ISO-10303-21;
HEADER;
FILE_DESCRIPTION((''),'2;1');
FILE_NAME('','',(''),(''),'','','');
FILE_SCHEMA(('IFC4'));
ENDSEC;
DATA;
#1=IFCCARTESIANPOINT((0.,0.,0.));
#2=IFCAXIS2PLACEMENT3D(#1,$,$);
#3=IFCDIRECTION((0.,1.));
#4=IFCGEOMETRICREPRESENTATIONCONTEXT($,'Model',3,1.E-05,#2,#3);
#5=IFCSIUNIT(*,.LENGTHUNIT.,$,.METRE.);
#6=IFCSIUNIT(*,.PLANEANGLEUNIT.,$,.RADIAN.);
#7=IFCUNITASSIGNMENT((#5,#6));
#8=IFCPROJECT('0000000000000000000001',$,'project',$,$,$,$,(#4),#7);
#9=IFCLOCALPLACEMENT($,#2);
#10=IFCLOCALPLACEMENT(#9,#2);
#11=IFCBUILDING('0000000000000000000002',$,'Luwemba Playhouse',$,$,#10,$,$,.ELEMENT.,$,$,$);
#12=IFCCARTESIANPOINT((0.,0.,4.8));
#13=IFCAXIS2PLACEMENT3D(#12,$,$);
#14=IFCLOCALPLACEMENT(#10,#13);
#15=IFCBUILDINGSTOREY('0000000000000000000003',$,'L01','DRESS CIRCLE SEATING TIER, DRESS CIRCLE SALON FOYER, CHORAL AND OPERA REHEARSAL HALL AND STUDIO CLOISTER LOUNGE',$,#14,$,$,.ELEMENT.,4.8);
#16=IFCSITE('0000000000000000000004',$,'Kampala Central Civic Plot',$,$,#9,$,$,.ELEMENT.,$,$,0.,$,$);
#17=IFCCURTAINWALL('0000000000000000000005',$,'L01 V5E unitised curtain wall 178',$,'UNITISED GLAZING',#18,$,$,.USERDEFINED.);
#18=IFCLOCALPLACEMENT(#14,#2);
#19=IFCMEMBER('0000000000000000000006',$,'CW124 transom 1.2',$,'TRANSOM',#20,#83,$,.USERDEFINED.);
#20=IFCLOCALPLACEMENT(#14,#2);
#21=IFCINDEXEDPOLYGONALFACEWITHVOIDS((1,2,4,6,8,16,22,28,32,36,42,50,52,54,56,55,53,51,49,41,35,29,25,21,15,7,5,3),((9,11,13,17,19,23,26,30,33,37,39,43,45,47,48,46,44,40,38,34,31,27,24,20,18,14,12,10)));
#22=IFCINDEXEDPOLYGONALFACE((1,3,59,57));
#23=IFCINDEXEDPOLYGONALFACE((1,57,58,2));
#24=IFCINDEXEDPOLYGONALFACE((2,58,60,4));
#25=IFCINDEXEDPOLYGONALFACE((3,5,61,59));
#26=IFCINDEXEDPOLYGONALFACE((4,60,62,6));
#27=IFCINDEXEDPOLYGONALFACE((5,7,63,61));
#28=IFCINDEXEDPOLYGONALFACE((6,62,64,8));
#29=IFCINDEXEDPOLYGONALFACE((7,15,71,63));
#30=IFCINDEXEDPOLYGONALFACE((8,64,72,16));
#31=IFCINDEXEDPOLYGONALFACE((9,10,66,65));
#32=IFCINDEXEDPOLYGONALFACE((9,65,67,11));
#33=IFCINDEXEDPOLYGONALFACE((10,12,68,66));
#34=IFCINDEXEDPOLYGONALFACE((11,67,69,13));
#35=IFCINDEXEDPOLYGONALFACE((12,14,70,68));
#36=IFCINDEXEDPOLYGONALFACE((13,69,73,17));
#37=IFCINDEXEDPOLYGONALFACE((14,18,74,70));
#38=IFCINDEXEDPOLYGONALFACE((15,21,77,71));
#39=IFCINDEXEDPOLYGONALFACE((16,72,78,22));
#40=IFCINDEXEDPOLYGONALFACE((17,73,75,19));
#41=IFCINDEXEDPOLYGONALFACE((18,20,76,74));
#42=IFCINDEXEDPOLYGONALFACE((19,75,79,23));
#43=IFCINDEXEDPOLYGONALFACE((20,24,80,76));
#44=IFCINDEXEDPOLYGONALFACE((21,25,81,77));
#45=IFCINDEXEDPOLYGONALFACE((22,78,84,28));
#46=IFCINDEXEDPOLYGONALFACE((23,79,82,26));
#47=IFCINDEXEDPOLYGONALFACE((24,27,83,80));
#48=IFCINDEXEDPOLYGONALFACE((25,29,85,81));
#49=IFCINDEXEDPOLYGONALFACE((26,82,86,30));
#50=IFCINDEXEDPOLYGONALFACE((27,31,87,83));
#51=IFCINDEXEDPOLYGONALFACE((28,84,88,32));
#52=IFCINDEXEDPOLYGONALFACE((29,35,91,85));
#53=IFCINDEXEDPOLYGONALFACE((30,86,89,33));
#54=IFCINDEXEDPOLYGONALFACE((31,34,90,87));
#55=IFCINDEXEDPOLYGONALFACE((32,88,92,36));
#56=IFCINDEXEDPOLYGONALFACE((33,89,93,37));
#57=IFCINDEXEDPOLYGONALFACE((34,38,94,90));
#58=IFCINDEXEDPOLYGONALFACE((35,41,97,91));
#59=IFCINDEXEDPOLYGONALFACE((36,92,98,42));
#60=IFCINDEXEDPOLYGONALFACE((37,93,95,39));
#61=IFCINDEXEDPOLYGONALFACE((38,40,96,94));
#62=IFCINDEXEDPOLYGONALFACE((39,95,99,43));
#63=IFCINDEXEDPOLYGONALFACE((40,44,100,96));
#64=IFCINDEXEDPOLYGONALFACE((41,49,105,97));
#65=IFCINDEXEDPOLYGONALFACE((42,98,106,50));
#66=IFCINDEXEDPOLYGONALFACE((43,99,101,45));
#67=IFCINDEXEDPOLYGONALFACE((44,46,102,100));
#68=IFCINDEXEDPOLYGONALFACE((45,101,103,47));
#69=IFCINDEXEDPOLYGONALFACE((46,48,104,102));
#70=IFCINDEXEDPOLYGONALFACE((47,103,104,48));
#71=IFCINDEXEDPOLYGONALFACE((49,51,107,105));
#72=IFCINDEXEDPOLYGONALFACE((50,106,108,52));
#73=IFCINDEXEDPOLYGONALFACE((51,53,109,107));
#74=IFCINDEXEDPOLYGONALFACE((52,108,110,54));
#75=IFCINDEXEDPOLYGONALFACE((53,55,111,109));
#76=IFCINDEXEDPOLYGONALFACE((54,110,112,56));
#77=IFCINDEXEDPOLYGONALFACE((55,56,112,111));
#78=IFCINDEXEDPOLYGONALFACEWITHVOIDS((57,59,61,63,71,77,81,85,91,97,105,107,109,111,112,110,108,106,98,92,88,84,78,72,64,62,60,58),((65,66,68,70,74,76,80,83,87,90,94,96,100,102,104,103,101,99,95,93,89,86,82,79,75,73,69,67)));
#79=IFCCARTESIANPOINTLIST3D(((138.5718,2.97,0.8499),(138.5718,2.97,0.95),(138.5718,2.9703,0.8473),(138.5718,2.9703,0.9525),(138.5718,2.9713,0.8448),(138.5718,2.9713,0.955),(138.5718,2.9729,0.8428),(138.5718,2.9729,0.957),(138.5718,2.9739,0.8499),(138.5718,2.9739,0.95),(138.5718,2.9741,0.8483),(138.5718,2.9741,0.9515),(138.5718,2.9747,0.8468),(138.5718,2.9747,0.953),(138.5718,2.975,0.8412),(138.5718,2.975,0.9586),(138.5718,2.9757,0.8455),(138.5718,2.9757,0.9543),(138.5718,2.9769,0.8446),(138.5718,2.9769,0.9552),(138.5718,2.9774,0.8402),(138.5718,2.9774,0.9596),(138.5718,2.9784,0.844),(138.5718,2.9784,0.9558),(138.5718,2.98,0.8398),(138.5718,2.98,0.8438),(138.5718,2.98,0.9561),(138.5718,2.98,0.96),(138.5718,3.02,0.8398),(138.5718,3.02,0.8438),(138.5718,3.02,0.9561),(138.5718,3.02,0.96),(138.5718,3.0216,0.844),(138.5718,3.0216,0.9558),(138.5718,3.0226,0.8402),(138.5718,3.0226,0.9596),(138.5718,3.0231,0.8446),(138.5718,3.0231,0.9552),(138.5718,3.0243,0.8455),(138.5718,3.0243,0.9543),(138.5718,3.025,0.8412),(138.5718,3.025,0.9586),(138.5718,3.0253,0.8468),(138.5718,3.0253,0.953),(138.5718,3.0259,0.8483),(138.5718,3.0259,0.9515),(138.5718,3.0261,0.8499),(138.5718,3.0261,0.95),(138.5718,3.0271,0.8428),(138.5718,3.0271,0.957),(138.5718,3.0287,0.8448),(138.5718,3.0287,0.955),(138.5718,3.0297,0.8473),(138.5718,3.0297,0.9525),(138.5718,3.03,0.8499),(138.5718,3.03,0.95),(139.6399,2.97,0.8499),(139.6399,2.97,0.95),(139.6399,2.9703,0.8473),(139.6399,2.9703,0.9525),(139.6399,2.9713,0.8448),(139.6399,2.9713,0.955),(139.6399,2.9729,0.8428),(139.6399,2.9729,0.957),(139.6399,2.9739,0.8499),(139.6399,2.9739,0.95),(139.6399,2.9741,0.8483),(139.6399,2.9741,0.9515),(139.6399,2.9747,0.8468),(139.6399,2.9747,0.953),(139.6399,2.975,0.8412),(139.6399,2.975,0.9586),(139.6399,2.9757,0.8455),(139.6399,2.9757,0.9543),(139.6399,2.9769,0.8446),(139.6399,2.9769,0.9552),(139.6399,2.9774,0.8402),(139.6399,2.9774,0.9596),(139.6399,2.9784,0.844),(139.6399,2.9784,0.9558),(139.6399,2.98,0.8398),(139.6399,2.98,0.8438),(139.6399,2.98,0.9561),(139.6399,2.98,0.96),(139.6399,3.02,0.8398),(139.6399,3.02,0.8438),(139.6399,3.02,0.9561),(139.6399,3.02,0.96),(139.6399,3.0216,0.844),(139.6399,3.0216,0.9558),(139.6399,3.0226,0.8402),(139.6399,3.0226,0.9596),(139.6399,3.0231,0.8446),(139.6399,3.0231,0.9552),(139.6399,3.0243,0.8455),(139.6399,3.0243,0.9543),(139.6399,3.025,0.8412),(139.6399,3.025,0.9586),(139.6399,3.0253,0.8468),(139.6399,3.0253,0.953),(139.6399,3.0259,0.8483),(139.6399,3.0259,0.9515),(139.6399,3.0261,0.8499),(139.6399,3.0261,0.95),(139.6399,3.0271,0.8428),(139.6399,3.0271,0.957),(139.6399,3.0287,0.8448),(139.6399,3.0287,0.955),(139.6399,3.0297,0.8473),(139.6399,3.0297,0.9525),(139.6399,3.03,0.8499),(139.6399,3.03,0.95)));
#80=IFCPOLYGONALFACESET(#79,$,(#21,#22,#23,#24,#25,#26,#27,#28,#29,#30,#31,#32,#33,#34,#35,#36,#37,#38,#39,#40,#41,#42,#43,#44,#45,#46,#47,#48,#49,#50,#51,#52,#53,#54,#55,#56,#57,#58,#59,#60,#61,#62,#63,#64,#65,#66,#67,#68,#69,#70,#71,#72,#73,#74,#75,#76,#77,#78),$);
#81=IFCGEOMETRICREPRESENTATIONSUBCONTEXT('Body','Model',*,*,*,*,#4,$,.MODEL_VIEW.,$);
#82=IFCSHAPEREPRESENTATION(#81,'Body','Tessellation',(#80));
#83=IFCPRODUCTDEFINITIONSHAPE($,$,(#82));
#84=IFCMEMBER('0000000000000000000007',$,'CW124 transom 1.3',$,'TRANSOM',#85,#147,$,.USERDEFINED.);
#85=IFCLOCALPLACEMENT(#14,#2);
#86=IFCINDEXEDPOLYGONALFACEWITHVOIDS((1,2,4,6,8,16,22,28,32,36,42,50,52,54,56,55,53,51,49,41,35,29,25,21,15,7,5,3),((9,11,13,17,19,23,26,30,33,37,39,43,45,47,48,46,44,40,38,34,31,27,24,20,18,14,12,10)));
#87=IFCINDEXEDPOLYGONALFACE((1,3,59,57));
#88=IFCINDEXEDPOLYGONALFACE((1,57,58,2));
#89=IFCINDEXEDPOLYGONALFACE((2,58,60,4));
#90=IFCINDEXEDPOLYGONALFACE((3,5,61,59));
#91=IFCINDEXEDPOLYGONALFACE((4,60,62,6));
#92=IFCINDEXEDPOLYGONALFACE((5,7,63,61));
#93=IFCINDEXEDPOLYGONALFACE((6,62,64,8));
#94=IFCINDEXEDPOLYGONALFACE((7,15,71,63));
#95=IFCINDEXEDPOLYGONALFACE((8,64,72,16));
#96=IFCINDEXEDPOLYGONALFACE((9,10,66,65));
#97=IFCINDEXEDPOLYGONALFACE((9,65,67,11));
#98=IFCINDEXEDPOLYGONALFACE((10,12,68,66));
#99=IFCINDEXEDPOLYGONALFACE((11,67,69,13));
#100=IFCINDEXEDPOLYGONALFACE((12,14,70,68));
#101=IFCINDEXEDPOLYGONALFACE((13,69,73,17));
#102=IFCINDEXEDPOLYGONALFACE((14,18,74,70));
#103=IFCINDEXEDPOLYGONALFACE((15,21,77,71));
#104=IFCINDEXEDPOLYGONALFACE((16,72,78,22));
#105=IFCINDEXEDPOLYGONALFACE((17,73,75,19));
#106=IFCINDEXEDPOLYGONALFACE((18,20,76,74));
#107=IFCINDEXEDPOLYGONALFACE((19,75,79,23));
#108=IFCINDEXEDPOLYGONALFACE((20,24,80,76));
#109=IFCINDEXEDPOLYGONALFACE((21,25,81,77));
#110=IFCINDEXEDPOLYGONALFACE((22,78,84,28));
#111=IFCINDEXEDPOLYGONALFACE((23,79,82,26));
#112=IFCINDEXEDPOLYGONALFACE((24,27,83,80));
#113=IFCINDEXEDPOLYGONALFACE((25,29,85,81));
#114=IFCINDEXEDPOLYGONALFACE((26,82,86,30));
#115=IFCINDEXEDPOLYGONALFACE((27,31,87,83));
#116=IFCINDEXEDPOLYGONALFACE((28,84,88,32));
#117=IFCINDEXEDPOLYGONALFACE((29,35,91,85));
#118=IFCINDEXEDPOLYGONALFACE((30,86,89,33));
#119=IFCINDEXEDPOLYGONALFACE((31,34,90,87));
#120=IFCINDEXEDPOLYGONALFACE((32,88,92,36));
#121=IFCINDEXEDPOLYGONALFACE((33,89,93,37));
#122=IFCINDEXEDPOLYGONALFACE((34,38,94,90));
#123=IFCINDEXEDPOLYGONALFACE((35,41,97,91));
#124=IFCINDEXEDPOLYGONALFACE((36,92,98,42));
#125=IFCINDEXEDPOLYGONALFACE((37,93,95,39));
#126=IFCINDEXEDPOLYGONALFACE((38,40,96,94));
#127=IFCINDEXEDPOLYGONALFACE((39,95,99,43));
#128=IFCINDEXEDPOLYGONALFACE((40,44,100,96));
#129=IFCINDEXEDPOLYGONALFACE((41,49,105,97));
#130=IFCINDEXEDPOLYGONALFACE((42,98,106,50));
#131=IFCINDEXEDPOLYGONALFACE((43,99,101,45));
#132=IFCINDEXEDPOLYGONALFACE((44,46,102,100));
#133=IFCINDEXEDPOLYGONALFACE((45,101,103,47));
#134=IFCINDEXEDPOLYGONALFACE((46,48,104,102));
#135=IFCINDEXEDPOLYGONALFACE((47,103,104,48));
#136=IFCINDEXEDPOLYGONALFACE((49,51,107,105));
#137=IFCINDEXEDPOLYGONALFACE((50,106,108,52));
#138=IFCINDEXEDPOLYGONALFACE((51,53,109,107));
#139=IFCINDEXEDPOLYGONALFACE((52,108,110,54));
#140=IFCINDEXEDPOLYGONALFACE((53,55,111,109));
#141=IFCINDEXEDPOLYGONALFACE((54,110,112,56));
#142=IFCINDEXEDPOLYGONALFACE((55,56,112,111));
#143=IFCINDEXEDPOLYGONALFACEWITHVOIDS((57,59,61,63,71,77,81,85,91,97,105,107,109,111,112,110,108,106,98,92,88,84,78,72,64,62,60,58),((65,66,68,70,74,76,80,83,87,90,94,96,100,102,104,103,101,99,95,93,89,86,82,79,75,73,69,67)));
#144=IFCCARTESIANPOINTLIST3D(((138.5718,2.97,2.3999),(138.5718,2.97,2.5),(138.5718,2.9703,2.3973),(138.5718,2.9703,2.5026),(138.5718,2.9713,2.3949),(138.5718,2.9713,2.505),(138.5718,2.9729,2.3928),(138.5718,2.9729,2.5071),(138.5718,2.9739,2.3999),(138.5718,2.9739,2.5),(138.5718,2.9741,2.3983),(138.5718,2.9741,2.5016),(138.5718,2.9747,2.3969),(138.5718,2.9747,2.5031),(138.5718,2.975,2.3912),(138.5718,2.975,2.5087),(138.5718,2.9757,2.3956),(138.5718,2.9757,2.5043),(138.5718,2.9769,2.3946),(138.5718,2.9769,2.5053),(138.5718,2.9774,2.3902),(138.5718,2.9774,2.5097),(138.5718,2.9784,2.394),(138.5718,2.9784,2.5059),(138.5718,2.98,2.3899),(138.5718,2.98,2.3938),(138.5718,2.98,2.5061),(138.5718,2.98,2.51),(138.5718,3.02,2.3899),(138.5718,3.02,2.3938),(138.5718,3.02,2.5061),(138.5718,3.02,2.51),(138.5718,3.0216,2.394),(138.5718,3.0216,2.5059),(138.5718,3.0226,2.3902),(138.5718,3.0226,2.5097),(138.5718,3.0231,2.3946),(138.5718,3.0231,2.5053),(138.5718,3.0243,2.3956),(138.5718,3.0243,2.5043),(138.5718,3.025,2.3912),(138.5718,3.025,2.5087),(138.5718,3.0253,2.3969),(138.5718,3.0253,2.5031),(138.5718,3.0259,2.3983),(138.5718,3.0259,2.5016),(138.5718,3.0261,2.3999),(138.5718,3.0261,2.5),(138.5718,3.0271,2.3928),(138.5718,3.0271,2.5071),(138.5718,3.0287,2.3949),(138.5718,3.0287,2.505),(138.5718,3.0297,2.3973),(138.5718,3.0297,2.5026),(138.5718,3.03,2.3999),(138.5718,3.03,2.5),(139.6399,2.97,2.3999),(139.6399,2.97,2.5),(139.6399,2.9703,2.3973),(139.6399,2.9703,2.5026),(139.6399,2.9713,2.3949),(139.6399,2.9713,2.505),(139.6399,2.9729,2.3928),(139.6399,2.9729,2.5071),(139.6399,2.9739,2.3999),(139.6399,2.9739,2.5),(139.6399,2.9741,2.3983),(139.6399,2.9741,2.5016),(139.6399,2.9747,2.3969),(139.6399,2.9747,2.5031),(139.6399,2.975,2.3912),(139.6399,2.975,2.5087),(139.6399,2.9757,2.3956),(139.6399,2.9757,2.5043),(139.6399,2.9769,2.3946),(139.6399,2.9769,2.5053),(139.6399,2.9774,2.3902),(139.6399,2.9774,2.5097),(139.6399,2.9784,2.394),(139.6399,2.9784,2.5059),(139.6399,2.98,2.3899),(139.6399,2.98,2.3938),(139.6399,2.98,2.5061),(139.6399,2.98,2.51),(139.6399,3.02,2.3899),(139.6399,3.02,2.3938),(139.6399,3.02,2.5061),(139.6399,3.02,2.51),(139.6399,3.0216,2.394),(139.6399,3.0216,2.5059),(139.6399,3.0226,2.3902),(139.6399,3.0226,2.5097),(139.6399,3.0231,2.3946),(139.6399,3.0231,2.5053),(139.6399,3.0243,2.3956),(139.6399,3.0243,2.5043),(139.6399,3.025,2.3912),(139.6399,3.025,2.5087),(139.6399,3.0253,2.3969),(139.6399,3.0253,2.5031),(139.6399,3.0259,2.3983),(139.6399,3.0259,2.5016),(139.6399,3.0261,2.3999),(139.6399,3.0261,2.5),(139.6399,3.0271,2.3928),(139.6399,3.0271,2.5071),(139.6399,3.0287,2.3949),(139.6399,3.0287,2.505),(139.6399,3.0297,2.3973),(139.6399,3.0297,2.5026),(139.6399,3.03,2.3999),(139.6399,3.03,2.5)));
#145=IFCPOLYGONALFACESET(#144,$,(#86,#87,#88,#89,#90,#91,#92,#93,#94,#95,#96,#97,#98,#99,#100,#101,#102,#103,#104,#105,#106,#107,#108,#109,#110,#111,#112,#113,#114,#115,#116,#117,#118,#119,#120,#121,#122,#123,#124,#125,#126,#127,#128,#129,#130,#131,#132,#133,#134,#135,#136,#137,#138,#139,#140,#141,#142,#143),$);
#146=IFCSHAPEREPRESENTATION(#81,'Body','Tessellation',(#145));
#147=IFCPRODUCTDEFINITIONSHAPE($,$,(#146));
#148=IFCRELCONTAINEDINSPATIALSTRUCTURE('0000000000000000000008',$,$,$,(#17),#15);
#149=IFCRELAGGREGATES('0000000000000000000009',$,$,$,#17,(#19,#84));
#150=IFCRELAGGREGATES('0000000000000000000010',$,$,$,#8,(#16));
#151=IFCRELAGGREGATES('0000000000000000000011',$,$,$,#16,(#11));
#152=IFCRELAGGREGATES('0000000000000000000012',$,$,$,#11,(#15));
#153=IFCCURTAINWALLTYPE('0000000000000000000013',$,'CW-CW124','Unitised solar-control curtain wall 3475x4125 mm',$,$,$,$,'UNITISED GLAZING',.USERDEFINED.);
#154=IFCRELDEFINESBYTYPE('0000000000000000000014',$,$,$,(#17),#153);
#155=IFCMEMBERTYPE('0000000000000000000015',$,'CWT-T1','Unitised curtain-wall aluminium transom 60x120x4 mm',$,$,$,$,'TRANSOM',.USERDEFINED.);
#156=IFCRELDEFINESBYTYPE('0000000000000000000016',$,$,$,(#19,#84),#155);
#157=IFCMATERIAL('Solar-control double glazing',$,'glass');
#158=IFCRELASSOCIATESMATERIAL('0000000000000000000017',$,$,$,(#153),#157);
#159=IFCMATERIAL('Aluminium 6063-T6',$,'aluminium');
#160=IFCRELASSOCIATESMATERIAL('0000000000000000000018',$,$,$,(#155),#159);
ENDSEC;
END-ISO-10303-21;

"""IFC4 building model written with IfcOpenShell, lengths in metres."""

from ifc_helpers import new_model, si_unit, direction, frame, origin, origin_2d, place, context, subcontext, project, spatial, hollow_rectangle, extrude, material, material_profile, profile_set, type_object, element, aggregate, save


model = new_model("IFC4")

# Units and contexts
model_context = context("Model", 3, precision=1e-05, world=origin(), true_north=direction((0.0, 1.0)))
body_context = subcontext(model_context, "Body", "Model", "MODEL_VIEW")
ifc_project = project(units=[si_unit("LENGTHUNIT", "METRE"), si_unit("PLANEANGLEUNIT", "RADIAN")], contexts=[model_context])

# Site, building, storey
site_placement = place(None, origin())
site = spatial("IfcSite", under=ifc_project, at=site_placement, Name="Kampala Central Civic Plot", CompositionType="ELEMENT", RefElevation=0.0)
building_placement = place(site_placement, origin())
building = spatial("IfcBuilding", under=site, at=building_placement, Name="Luwemba Playhouse", CompositionType="ELEMENT")
storey_placement = place(building_placement, frame((0.0, 0.0, 4.8)))
storey = spatial("IfcBuildingStorey", under=building, at=storey_placement, Name="L01", Description="DRESS CIRCLE SEATING TIER, DRESS CIRCLE SALON FOYER, CHORAL AND OPERA REHEARSAL HALL AND STUDIO CLOISTER LOUNGE", CompositionType="ELEMENT", Elevation=4.8)

# Curtain wall
ifc_material_1 = material(Name="Solar-control double glazing", Category="glass")
curtain_wall_type_1 = type_object("IfcCurtainWallType", Name="CW-CW124", Description="Unitised solar-control curtain wall 3475x4125 mm", ElementType="UNITISED GLAZING", PredefinedType="USERDEFINED", material=ifc_material_1)
curtain_wall_1_placement = place(storey_placement, origin())
curtain_wall_1 = element("IfcCurtainWall", 1, at=curtain_wall_1_placement, inside=storey, type_object=curtain_wall_type_1, Name="L01 V5E unitised curtain wall 178", ObjectType="UNITISED GLAZING", PredefinedType="USERDEFINED")
ifc_material_2 = material(Name="Aluminium 6063-T6", Category="aluminium")

# Members
ifc_material_profile_1 = material_profile(ifc_material_2, hollow_rectangle(XDim=0.0601, YDim=0.1201, WallThickness=0.0039, InnerFilletRadius=0.0061, OuterFilletRadius=0.01, at=origin_2d()))
ifc_profile_set_1 = profile_set([ifc_material_profile_1], Name="Aluminium 6063-T6")
member_type_1 = type_object("IfcMemberType", Name="CWT-T1", Description="Unitised curtain-wall aluminium transom 60x120x4 mm", ElementType="TRANSOM", PredefinedType="USERDEFINED", material=ifc_profile_set_1)
member_1_placement = place(storey_placement, frame((139.6399, 3.0, 0.8999), z_axis=(-1.0, 0.0, 0.0), x_axis=(0.0, -1.0, 0.0)))
member_1 = element("IfcMember", 2, at=member_1_placement, type_object=member_type_1, Name="CW124 transom 1.2", ObjectType="TRANSOM", PredefinedType="USERDEFINED", context=body_context, shape_type="SweptSolid", body=[
    extrude(hollow_rectangle(XDim=0.0601, YDim=0.1201, WallThickness=0.0039, InnerFilletRadius=0.0061, OuterFilletRadius=0.01, at=origin_2d()), origin(), (0.0, 0.0, 1.0), 1.0681),
])
member_2_placement = place(storey_placement, frame((139.6399, 3.0, 2.45), z_axis=(-1.0, 0.0, 0.0), x_axis=(0.0, -1.0, 0.0)))
member_2 = element("IfcMember", 3, at=member_2_placement, type_object=member_type_1, Name="CW124 transom 1.3", ObjectType="TRANSOM", PredefinedType="USERDEFINED", context=body_context, shape_type="SweptSolid", body=[
    extrude(hollow_rectangle(XDim=0.0601, YDim=0.1201, WallThickness=0.0039, InnerFilletRadius=0.0061, OuterFilletRadius=0.01, at=origin_2d()), origin(), (0.0, 0.0, 1.0), 1.0681),
])

aggregate(curtain_wall_1, [member_1, member_2])

save(model, "model.ifc")
